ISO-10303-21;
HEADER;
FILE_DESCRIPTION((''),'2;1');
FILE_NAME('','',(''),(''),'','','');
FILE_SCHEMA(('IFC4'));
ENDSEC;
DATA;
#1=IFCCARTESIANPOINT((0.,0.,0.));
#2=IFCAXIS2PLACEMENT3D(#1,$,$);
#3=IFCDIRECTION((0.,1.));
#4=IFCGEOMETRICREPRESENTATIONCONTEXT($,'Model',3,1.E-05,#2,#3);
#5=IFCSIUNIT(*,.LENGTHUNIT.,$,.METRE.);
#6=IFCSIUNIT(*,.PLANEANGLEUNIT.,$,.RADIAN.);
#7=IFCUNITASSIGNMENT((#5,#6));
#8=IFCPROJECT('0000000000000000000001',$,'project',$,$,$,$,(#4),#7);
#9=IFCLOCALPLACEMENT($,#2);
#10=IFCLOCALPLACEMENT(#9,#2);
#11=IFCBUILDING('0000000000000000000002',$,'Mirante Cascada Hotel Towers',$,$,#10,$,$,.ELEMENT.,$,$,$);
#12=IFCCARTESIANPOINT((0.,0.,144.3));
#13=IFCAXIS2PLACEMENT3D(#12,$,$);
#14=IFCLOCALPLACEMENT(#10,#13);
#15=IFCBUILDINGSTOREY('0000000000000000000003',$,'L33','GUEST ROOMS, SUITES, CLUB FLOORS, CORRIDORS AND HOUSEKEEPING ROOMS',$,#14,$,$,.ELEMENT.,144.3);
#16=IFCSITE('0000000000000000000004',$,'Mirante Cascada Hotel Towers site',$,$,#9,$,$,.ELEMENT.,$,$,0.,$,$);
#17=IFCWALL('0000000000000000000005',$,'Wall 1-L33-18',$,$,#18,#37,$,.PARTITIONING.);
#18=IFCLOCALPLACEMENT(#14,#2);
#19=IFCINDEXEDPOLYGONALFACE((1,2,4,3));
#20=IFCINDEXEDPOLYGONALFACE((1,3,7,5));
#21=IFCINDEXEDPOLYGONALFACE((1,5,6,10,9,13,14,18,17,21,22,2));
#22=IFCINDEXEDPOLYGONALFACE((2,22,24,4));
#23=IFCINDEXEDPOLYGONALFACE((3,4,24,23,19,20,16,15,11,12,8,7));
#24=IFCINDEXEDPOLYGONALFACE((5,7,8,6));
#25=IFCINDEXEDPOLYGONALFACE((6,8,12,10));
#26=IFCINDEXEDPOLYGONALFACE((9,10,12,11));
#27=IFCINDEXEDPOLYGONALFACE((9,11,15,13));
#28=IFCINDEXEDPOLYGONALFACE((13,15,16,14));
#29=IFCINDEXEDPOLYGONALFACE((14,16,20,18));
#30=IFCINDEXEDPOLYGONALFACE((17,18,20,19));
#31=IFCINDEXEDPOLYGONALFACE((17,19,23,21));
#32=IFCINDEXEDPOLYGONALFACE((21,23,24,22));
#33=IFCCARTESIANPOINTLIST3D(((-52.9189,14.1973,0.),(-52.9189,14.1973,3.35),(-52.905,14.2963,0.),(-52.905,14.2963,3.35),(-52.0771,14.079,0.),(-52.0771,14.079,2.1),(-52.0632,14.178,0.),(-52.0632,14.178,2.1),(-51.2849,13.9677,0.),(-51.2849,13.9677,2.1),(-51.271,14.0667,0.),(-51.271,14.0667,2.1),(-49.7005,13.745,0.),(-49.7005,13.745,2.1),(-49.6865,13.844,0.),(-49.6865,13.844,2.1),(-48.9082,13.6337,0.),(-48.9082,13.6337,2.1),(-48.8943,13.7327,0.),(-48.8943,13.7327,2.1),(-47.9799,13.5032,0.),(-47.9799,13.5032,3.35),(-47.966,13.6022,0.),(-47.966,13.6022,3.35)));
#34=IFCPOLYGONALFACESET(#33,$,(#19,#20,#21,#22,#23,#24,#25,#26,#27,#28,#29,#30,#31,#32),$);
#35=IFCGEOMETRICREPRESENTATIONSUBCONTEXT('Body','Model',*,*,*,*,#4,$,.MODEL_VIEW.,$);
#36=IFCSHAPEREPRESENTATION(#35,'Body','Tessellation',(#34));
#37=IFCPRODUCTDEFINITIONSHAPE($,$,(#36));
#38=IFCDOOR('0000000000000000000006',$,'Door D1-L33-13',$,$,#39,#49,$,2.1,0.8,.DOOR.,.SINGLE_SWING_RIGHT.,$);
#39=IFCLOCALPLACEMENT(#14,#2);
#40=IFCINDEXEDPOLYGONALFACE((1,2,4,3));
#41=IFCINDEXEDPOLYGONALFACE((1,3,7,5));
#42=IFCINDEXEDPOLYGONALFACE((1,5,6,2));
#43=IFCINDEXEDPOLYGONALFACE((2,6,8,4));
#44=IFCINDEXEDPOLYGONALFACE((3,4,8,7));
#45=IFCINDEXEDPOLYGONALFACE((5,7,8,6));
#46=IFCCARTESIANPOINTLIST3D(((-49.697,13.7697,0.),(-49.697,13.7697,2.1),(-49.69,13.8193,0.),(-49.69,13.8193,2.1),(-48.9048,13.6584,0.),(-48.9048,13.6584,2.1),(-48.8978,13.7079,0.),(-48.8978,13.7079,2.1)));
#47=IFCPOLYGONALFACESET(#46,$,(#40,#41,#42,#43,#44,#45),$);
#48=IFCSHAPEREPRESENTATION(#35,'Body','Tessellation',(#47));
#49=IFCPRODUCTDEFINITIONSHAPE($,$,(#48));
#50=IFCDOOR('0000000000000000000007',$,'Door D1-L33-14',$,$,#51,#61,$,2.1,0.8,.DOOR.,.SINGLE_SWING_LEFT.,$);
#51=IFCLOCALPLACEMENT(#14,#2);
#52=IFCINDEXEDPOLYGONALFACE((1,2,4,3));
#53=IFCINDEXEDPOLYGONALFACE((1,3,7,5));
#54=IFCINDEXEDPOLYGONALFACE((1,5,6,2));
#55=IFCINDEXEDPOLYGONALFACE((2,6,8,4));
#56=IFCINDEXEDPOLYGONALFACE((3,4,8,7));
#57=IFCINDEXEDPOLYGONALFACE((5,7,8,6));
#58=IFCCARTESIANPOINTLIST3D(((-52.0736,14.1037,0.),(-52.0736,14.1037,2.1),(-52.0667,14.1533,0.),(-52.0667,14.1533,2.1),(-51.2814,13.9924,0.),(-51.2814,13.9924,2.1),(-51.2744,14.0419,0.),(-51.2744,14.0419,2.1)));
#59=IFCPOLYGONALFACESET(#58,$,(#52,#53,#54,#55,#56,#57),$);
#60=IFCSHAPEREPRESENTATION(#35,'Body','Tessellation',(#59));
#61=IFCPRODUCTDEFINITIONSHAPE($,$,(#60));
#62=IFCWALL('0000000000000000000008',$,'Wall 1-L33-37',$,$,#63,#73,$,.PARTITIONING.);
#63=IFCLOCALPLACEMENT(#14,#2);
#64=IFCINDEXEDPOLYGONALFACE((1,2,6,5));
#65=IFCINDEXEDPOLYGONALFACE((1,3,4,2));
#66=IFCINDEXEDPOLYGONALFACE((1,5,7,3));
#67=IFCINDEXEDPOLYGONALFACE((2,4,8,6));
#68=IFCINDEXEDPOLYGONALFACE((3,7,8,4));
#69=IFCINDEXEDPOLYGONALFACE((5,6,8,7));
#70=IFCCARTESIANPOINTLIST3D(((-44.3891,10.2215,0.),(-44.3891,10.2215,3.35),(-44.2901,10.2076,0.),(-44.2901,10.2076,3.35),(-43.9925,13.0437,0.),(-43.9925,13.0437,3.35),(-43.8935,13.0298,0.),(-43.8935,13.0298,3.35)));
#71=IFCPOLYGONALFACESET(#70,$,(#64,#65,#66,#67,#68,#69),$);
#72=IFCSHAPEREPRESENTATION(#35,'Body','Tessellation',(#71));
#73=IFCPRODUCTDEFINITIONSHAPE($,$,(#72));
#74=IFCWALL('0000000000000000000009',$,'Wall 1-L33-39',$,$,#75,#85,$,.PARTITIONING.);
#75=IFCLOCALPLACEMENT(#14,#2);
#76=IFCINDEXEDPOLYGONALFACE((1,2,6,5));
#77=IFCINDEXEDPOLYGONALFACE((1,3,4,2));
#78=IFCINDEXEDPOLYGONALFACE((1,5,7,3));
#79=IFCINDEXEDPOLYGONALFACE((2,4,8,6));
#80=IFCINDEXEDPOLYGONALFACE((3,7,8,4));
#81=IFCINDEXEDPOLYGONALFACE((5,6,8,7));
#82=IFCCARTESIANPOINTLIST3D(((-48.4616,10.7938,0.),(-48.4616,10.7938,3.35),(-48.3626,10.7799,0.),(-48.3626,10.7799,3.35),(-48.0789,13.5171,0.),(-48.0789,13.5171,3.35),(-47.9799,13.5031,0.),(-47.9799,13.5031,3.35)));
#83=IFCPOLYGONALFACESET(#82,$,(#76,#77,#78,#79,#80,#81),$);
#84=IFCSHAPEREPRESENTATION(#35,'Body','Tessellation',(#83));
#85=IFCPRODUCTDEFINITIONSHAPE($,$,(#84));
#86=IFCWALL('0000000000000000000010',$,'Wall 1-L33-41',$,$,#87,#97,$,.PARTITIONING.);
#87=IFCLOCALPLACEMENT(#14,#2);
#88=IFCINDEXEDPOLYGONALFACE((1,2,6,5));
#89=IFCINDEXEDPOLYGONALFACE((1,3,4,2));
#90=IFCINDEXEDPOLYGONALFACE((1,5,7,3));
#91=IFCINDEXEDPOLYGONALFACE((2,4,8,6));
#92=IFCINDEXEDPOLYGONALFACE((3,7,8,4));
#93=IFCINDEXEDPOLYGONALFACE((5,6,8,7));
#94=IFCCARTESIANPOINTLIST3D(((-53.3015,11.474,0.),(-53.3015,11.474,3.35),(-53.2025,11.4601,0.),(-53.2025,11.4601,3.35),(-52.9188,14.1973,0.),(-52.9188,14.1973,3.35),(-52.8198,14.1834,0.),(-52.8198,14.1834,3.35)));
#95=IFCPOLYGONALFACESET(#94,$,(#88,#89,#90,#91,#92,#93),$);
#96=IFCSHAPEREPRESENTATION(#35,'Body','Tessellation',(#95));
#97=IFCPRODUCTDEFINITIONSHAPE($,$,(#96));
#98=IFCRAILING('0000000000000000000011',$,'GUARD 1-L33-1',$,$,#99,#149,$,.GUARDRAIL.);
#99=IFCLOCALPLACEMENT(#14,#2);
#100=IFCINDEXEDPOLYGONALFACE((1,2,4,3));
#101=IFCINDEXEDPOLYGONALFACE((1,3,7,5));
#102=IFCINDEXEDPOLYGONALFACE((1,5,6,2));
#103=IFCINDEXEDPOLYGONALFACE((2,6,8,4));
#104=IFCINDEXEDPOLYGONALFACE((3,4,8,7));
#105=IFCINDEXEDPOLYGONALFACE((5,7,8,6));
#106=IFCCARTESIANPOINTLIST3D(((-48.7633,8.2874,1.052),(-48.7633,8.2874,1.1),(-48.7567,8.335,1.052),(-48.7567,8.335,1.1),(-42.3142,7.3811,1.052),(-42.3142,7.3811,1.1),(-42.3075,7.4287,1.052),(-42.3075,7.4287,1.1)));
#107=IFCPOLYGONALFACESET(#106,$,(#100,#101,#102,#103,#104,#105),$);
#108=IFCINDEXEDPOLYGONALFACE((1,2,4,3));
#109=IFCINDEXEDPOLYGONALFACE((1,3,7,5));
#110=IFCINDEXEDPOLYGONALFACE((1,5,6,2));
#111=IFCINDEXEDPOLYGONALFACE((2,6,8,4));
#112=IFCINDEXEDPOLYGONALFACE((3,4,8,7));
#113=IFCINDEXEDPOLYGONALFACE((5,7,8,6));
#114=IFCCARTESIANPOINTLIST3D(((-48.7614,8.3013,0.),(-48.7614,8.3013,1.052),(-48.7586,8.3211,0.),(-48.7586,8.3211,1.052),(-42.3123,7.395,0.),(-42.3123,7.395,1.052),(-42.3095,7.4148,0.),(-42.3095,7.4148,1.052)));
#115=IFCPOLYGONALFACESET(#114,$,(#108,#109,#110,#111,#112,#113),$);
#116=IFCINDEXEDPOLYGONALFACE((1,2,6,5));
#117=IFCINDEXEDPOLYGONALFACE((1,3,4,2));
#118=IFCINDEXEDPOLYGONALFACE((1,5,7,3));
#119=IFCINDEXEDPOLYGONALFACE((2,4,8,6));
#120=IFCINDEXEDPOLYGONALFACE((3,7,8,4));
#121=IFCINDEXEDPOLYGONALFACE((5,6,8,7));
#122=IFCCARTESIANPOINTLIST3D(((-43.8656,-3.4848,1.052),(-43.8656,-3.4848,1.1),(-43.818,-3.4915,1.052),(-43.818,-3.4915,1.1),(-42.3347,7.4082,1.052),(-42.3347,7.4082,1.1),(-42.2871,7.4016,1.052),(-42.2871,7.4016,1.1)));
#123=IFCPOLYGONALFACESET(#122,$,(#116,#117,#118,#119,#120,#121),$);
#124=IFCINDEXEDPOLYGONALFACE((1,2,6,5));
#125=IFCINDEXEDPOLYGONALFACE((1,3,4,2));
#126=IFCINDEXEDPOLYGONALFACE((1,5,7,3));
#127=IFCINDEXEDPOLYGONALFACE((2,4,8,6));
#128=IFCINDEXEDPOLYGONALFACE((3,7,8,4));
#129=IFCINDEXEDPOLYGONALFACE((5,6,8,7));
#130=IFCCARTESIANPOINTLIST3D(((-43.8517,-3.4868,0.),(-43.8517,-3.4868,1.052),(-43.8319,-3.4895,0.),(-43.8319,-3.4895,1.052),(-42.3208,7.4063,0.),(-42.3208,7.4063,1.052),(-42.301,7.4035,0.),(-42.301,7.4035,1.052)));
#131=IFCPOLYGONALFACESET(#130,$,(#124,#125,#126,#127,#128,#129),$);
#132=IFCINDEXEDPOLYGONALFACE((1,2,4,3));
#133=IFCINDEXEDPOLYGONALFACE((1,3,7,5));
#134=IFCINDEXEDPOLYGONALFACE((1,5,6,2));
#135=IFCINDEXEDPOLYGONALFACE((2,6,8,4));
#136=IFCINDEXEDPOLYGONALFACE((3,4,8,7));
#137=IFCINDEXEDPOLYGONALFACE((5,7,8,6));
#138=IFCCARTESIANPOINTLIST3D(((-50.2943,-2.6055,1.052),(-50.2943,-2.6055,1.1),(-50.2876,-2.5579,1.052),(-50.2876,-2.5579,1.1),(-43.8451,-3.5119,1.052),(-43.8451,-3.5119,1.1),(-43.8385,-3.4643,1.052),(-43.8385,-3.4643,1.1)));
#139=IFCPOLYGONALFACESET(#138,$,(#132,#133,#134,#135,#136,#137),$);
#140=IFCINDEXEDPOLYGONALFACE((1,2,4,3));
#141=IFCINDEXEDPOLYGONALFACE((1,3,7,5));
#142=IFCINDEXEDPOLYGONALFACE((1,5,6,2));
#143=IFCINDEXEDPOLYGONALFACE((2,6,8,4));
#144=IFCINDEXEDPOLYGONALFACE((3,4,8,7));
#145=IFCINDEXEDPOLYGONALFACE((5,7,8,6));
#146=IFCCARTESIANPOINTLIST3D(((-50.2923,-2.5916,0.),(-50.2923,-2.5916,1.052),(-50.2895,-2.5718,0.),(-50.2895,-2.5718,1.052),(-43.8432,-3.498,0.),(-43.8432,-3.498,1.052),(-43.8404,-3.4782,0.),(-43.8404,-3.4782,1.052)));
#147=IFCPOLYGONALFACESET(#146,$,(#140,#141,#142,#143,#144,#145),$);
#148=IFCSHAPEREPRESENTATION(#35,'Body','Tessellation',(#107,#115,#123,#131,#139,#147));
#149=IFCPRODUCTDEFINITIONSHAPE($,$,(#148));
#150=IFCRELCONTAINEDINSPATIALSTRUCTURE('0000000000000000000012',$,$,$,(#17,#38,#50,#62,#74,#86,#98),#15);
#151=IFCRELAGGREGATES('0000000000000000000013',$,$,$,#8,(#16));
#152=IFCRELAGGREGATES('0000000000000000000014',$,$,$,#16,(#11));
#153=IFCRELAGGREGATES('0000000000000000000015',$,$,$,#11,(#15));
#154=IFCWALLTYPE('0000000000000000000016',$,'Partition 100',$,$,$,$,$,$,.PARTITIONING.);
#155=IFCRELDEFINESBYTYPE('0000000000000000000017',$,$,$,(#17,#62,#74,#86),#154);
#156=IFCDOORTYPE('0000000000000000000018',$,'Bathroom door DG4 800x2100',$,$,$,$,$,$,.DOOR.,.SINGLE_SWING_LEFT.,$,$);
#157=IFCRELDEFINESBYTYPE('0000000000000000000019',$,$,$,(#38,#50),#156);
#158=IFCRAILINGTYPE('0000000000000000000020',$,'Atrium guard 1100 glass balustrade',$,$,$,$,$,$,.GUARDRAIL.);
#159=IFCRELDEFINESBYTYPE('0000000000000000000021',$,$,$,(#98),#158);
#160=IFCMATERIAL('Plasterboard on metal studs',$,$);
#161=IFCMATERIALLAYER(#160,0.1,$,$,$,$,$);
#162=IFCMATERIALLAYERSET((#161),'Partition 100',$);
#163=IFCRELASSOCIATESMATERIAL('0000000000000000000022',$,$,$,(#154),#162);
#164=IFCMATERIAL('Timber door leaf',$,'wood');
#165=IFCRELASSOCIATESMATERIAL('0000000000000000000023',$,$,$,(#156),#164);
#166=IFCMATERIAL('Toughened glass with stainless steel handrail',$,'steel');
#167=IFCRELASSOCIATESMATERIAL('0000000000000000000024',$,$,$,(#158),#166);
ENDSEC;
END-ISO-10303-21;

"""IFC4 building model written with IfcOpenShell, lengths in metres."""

from ifc_helpers import new_model, si_unit, direction, frame, frame_2d, origin, origin_2d, place, context, subcontext, project, spatial, rectangle, extrude, material, layer, layer_set, type_object, element, fill, save


model = new_model("IFC4")

# Units and contexts
model_context = context("Model", 3, precision=1e-05, world=origin(), true_north=direction((0.0, 1.0)))
body_context = subcontext(model_context, "Body", "Model", "MODEL_VIEW")
ifc_project = project(units=[si_unit("LENGTHUNIT", "METRE"), si_unit("PLANEANGLEUNIT", "RADIAN")], contexts=[model_context])

# Site, building, storey
site_placement = place(None, origin())
site = spatial("IfcSite", under=ifc_project, at=site_placement, Name="Mirante Cascada Hotel Towers site", CompositionType="ELEMENT", RefElevation=0.0)
building_placement = place(site_placement, origin())
building = spatial("IfcBuilding", under=site, at=building_placement, Name="Mirante Cascada Hotel Towers", CompositionType="ELEMENT")
storey_placement = place(building_placement, frame((0.0, 0.0, 144.3)))
storey = spatial("IfcBuildingStorey", under=building, at=storey_placement, Name="L33", Description="GUEST ROOMS, SUITES, CLUB FLOORS, CORRIDORS AND HOUSEKEEPING ROOMS", CompositionType="ELEMENT", Elevation=144.3)

# Shared definitions
ifc_material_1 = material(Name="Plasterboard on metal studs")
ifc_layer_1 = layer(ifc_material_1, 0.1)
ifc_layer_set_1 = layer_set([ifc_layer_1], Name="Partition 100")
wall_type_1 = type_object("IfcWallType", Name="Partition 100", PredefinedType="PARTITIONING", material=ifc_layer_set_1)

# Shared definitions
ifc_material_2 = material(Name="Timber door leaf", Category="wood")
door_type_1 = type_object("IfcDoorType", Name="Bathroom door DG4 800x2100", OperationType="SINGLE_SWING_LEFT", PredefinedType="DOOR", material=ifc_material_2)

# Wall, openings, doors
wall_1_placement = place(storey_placement, frame((-47.9729, 13.5527, 0.0), z_axis=(0.0, 0.0, 1.0), x_axis=(-0.990269, 0.139167, 0.0)))
wall_1 = element("IfcWall", 1, at=wall_1_placement, inside=storey, type_object=wall_type_1, Name="Wall 1-L33-18", PredefinedType="PARTITIONING", context=body_context, shape_type="SweptSolid", body=[
    extrude(rectangle(XDim=4.9875, YDim=0.1, at=frame_2d((2.4938, 0.0))), origin(), (0.0, 0.0, 1.0), 3.35),
])
opening_1_placement = place(wall_1_placement, frame((0.9375, 0.0, 0.0)))
opening_1 = element("IfcOpeningElement", 2, at=opening_1_placement, cuts=wall_1, PredefinedType="OPENING", context=body_context, shape_type="SweptSolid", body=[
    extrude(rectangle(XDim=0.8, YDim=2.1, at=frame_2d((0.4, 1.05))), frame((0.0, 0.05, 0.0), z_axis=(0.0, -1.0, 0.0), x_axis=(1.0, 0.0, 0.0)), (0.0, 0.0, 1.0), 0.1),
])
opening_2_placement = place(wall_1_placement, frame((3.3375, 0.0, 0.0)))
opening_2 = element("IfcOpeningElement", 3, at=opening_2_placement, cuts=wall_1, PredefinedType="OPENING", context=body_context, shape_type="SweptSolid", body=[
    extrude(rectangle(XDim=0.8, YDim=2.1, at=frame_2d((0.4, 1.05))), frame((0.0, 0.05, 0.0), z_axis=(0.0, -1.0, 0.0), x_axis=(1.0, 0.0, 0.0)), (0.0, 0.0, 1.0), 0.1),
])
door_1_placement = place(opening_1_placement, frame((0.8, 0.0, 0.0), z_axis=(0.0, 0.0, 1.0), x_axis=(-1.0, 0.0, 0.0)))
door_1 = element("IfcDoor", 4, at=door_1_placement, inside=storey, type_object=door_type_1, Name="Door D1-L33-13", OperationType="SINGLE_SWING_RIGHT", OverallHeight=2.1, OverallWidth=0.8, PredefinedType="DOOR", context=body_context, shape_type="SweptSolid", body=[
    extrude(rectangle(XDim=0.8, YDim=2.1, at=frame_2d((0.4, 1.05))), frame((0.0, 0.025, 0.0), z_axis=(0.0, -1.0, 0.0), x_axis=(1.0, 0.0, 0.0)), (0.0, 0.0, 1.0), 0.05),
])
fill(opening_1, door_1)
door_2_placement = place(opening_2_placement, origin())
door_2 = element("IfcDoor", 5, at=door_2_placement, inside=storey, type_object=door_type_1, Name="Door D1-L33-14", OperationType="SINGLE_SWING_LEFT", OverallHeight=2.1, OverallWidth=0.8, PredefinedType="DOOR", context=body_context, shape_type="SweptSolid", body=[
    extrude(rectangle(XDim=0.8, YDim=2.1, at=frame_2d((0.4, 1.05))), frame((0.0, 0.025, 0.0), z_axis=(0.0, -1.0, 0.0), x_axis=(1.0, 0.0, 0.0)), (0.0, 0.0, 1.0), 0.05),
])
fill(opening_2, door_2)

# Walls
wall_2_placement = place(storey_placement, frame((-43.943, 13.0368, 0.0), z_axis=(0.0, 0.0, 1.0), x_axis=(-0.139161, -0.99027, 0.0)))
element("IfcWall", 6, at=wall_2_placement, inside=storey, type_object=wall_type_1, Name="Wall 1-L33-37", PredefinedType="PARTITIONING", context=body_context, shape_type="SweptSolid", body=[
    extrude(rectangle(XDim=2.8499, YDim=0.1, at=frame_2d((1.425, 0.0))), origin(), (0.0, 0.0, 1.0), 3.35),
])
wall_3_placement = place(storey_placement, frame((-48.0294, 13.5101, 0.0), z_axis=(0.0, 0.0, 1.0), x_axis=(-0.139166, -0.990269, 0.0)))
element("IfcWall", 7, at=wall_3_placement, inside=storey, type_object=wall_type_1, Name="Wall 1-L33-39", PredefinedType="PARTITIONING", context=body_context, shape_type="SweptSolid", body=[
    extrude(rectangle(XDim=2.75, YDim=0.1, at=frame_2d((1.375, 0.0))), origin(), (0.0, 0.0, 1.0), 3.35),
])
wall_4_placement = place(storey_placement, frame((-52.8693, 14.1904, 0.0), z_axis=(0.0, 0.0, 1.0), x_axis=(-0.139161, -0.99027, 0.0)))
element("IfcWall", 8, at=wall_4_placement, inside=storey, type_object=wall_type_1, Name="Wall 1-L33-41", PredefinedType="PARTITIONING", context=body_context, shape_type="SweptSolid", body=[
    extrude(rectangle(XDim=2.7501, YDim=0.1, at=frame_2d((1.3751, 0.0))), origin(), (0.0, 0.0, 1.0), 3.35),
])

# Railing
ifc_material_3 = material(Name="Toughened glass with stainless steel handrail", Category="steel")
railing_type = type_object("IfcRailingType", Name="Atrium guard 1100 glass balustrade", PredefinedType="GUARDRAIL", material=ifc_material_3)
railing_1_placement = place(storey_placement, frame((-48.76, 8.3112, 0.0)))
element("IfcRailing", 9, at=railing_1_placement, inside=storey, type_object=railing_type, Name="GUARD 1-L33-1", PredefinedType="GUARDRAIL", context=body_context, shape_type="SweptSolid", body=[
    extrude(rectangle(XDim=0.048, YDim=0.048, at=origin_2d()), frame((0.0, 0.0, 1.076), z_axis=(0.990269, -0.139164, 0.0), x_axis=(0.139164, 0.990269, 0.0)), (0.0, 0.0, 1.0), 6.5125),
    extrude(rectangle(XDim=0.02, YDim=1.052, at=origin_2d()), frame((0.0, 0.0, 0.526), z_axis=(0.990269, -0.139164, 0.0), x_axis=(0.139164, 0.990269, 0.0)), (0.0, 0.0, 1.0), 6.5125),
    extrude(rectangle(XDim=0.048, YDim=0.048, at=origin_2d()), frame((6.4491, -0.9063, 1.076), z_axis=(-0.139172, -0.990268, 0.0), x_axis=(0.990268, -0.139172, 0.0)), (0.0, 0.0, 1.0), 11.0001),
    extrude(rectangle(XDim=0.02, YDim=1.052, at=origin_2d()), frame((6.4491, -0.9063, 0.526), z_axis=(-0.139172, -0.990268, 0.0), x_axis=(0.990268, -0.139172, 0.0)), (0.0, 0.0, 1.0), 11.0001),
    extrude(rectangle(XDim=0.048, YDim=0.048, at=origin_2d()), frame((4.9182, -11.7993, 1.076), z_axis=(-0.990267, 0.139179, 0.0), x_axis=(-0.139179, -0.990267, 0.0)), (0.0, 0.0, 1.0), 6.5125),
    extrude(rectangle(XDim=0.02, YDim=1.052, at=origin_2d()), frame((4.9182, -11.7993, 0.526), z_axis=(-0.990267, 0.139179, 0.0), x_axis=(-0.139179, -0.990267, 0.0)), (0.0, 0.0, 1.0), 6.5125),
])

save(model, "model.ifc")
